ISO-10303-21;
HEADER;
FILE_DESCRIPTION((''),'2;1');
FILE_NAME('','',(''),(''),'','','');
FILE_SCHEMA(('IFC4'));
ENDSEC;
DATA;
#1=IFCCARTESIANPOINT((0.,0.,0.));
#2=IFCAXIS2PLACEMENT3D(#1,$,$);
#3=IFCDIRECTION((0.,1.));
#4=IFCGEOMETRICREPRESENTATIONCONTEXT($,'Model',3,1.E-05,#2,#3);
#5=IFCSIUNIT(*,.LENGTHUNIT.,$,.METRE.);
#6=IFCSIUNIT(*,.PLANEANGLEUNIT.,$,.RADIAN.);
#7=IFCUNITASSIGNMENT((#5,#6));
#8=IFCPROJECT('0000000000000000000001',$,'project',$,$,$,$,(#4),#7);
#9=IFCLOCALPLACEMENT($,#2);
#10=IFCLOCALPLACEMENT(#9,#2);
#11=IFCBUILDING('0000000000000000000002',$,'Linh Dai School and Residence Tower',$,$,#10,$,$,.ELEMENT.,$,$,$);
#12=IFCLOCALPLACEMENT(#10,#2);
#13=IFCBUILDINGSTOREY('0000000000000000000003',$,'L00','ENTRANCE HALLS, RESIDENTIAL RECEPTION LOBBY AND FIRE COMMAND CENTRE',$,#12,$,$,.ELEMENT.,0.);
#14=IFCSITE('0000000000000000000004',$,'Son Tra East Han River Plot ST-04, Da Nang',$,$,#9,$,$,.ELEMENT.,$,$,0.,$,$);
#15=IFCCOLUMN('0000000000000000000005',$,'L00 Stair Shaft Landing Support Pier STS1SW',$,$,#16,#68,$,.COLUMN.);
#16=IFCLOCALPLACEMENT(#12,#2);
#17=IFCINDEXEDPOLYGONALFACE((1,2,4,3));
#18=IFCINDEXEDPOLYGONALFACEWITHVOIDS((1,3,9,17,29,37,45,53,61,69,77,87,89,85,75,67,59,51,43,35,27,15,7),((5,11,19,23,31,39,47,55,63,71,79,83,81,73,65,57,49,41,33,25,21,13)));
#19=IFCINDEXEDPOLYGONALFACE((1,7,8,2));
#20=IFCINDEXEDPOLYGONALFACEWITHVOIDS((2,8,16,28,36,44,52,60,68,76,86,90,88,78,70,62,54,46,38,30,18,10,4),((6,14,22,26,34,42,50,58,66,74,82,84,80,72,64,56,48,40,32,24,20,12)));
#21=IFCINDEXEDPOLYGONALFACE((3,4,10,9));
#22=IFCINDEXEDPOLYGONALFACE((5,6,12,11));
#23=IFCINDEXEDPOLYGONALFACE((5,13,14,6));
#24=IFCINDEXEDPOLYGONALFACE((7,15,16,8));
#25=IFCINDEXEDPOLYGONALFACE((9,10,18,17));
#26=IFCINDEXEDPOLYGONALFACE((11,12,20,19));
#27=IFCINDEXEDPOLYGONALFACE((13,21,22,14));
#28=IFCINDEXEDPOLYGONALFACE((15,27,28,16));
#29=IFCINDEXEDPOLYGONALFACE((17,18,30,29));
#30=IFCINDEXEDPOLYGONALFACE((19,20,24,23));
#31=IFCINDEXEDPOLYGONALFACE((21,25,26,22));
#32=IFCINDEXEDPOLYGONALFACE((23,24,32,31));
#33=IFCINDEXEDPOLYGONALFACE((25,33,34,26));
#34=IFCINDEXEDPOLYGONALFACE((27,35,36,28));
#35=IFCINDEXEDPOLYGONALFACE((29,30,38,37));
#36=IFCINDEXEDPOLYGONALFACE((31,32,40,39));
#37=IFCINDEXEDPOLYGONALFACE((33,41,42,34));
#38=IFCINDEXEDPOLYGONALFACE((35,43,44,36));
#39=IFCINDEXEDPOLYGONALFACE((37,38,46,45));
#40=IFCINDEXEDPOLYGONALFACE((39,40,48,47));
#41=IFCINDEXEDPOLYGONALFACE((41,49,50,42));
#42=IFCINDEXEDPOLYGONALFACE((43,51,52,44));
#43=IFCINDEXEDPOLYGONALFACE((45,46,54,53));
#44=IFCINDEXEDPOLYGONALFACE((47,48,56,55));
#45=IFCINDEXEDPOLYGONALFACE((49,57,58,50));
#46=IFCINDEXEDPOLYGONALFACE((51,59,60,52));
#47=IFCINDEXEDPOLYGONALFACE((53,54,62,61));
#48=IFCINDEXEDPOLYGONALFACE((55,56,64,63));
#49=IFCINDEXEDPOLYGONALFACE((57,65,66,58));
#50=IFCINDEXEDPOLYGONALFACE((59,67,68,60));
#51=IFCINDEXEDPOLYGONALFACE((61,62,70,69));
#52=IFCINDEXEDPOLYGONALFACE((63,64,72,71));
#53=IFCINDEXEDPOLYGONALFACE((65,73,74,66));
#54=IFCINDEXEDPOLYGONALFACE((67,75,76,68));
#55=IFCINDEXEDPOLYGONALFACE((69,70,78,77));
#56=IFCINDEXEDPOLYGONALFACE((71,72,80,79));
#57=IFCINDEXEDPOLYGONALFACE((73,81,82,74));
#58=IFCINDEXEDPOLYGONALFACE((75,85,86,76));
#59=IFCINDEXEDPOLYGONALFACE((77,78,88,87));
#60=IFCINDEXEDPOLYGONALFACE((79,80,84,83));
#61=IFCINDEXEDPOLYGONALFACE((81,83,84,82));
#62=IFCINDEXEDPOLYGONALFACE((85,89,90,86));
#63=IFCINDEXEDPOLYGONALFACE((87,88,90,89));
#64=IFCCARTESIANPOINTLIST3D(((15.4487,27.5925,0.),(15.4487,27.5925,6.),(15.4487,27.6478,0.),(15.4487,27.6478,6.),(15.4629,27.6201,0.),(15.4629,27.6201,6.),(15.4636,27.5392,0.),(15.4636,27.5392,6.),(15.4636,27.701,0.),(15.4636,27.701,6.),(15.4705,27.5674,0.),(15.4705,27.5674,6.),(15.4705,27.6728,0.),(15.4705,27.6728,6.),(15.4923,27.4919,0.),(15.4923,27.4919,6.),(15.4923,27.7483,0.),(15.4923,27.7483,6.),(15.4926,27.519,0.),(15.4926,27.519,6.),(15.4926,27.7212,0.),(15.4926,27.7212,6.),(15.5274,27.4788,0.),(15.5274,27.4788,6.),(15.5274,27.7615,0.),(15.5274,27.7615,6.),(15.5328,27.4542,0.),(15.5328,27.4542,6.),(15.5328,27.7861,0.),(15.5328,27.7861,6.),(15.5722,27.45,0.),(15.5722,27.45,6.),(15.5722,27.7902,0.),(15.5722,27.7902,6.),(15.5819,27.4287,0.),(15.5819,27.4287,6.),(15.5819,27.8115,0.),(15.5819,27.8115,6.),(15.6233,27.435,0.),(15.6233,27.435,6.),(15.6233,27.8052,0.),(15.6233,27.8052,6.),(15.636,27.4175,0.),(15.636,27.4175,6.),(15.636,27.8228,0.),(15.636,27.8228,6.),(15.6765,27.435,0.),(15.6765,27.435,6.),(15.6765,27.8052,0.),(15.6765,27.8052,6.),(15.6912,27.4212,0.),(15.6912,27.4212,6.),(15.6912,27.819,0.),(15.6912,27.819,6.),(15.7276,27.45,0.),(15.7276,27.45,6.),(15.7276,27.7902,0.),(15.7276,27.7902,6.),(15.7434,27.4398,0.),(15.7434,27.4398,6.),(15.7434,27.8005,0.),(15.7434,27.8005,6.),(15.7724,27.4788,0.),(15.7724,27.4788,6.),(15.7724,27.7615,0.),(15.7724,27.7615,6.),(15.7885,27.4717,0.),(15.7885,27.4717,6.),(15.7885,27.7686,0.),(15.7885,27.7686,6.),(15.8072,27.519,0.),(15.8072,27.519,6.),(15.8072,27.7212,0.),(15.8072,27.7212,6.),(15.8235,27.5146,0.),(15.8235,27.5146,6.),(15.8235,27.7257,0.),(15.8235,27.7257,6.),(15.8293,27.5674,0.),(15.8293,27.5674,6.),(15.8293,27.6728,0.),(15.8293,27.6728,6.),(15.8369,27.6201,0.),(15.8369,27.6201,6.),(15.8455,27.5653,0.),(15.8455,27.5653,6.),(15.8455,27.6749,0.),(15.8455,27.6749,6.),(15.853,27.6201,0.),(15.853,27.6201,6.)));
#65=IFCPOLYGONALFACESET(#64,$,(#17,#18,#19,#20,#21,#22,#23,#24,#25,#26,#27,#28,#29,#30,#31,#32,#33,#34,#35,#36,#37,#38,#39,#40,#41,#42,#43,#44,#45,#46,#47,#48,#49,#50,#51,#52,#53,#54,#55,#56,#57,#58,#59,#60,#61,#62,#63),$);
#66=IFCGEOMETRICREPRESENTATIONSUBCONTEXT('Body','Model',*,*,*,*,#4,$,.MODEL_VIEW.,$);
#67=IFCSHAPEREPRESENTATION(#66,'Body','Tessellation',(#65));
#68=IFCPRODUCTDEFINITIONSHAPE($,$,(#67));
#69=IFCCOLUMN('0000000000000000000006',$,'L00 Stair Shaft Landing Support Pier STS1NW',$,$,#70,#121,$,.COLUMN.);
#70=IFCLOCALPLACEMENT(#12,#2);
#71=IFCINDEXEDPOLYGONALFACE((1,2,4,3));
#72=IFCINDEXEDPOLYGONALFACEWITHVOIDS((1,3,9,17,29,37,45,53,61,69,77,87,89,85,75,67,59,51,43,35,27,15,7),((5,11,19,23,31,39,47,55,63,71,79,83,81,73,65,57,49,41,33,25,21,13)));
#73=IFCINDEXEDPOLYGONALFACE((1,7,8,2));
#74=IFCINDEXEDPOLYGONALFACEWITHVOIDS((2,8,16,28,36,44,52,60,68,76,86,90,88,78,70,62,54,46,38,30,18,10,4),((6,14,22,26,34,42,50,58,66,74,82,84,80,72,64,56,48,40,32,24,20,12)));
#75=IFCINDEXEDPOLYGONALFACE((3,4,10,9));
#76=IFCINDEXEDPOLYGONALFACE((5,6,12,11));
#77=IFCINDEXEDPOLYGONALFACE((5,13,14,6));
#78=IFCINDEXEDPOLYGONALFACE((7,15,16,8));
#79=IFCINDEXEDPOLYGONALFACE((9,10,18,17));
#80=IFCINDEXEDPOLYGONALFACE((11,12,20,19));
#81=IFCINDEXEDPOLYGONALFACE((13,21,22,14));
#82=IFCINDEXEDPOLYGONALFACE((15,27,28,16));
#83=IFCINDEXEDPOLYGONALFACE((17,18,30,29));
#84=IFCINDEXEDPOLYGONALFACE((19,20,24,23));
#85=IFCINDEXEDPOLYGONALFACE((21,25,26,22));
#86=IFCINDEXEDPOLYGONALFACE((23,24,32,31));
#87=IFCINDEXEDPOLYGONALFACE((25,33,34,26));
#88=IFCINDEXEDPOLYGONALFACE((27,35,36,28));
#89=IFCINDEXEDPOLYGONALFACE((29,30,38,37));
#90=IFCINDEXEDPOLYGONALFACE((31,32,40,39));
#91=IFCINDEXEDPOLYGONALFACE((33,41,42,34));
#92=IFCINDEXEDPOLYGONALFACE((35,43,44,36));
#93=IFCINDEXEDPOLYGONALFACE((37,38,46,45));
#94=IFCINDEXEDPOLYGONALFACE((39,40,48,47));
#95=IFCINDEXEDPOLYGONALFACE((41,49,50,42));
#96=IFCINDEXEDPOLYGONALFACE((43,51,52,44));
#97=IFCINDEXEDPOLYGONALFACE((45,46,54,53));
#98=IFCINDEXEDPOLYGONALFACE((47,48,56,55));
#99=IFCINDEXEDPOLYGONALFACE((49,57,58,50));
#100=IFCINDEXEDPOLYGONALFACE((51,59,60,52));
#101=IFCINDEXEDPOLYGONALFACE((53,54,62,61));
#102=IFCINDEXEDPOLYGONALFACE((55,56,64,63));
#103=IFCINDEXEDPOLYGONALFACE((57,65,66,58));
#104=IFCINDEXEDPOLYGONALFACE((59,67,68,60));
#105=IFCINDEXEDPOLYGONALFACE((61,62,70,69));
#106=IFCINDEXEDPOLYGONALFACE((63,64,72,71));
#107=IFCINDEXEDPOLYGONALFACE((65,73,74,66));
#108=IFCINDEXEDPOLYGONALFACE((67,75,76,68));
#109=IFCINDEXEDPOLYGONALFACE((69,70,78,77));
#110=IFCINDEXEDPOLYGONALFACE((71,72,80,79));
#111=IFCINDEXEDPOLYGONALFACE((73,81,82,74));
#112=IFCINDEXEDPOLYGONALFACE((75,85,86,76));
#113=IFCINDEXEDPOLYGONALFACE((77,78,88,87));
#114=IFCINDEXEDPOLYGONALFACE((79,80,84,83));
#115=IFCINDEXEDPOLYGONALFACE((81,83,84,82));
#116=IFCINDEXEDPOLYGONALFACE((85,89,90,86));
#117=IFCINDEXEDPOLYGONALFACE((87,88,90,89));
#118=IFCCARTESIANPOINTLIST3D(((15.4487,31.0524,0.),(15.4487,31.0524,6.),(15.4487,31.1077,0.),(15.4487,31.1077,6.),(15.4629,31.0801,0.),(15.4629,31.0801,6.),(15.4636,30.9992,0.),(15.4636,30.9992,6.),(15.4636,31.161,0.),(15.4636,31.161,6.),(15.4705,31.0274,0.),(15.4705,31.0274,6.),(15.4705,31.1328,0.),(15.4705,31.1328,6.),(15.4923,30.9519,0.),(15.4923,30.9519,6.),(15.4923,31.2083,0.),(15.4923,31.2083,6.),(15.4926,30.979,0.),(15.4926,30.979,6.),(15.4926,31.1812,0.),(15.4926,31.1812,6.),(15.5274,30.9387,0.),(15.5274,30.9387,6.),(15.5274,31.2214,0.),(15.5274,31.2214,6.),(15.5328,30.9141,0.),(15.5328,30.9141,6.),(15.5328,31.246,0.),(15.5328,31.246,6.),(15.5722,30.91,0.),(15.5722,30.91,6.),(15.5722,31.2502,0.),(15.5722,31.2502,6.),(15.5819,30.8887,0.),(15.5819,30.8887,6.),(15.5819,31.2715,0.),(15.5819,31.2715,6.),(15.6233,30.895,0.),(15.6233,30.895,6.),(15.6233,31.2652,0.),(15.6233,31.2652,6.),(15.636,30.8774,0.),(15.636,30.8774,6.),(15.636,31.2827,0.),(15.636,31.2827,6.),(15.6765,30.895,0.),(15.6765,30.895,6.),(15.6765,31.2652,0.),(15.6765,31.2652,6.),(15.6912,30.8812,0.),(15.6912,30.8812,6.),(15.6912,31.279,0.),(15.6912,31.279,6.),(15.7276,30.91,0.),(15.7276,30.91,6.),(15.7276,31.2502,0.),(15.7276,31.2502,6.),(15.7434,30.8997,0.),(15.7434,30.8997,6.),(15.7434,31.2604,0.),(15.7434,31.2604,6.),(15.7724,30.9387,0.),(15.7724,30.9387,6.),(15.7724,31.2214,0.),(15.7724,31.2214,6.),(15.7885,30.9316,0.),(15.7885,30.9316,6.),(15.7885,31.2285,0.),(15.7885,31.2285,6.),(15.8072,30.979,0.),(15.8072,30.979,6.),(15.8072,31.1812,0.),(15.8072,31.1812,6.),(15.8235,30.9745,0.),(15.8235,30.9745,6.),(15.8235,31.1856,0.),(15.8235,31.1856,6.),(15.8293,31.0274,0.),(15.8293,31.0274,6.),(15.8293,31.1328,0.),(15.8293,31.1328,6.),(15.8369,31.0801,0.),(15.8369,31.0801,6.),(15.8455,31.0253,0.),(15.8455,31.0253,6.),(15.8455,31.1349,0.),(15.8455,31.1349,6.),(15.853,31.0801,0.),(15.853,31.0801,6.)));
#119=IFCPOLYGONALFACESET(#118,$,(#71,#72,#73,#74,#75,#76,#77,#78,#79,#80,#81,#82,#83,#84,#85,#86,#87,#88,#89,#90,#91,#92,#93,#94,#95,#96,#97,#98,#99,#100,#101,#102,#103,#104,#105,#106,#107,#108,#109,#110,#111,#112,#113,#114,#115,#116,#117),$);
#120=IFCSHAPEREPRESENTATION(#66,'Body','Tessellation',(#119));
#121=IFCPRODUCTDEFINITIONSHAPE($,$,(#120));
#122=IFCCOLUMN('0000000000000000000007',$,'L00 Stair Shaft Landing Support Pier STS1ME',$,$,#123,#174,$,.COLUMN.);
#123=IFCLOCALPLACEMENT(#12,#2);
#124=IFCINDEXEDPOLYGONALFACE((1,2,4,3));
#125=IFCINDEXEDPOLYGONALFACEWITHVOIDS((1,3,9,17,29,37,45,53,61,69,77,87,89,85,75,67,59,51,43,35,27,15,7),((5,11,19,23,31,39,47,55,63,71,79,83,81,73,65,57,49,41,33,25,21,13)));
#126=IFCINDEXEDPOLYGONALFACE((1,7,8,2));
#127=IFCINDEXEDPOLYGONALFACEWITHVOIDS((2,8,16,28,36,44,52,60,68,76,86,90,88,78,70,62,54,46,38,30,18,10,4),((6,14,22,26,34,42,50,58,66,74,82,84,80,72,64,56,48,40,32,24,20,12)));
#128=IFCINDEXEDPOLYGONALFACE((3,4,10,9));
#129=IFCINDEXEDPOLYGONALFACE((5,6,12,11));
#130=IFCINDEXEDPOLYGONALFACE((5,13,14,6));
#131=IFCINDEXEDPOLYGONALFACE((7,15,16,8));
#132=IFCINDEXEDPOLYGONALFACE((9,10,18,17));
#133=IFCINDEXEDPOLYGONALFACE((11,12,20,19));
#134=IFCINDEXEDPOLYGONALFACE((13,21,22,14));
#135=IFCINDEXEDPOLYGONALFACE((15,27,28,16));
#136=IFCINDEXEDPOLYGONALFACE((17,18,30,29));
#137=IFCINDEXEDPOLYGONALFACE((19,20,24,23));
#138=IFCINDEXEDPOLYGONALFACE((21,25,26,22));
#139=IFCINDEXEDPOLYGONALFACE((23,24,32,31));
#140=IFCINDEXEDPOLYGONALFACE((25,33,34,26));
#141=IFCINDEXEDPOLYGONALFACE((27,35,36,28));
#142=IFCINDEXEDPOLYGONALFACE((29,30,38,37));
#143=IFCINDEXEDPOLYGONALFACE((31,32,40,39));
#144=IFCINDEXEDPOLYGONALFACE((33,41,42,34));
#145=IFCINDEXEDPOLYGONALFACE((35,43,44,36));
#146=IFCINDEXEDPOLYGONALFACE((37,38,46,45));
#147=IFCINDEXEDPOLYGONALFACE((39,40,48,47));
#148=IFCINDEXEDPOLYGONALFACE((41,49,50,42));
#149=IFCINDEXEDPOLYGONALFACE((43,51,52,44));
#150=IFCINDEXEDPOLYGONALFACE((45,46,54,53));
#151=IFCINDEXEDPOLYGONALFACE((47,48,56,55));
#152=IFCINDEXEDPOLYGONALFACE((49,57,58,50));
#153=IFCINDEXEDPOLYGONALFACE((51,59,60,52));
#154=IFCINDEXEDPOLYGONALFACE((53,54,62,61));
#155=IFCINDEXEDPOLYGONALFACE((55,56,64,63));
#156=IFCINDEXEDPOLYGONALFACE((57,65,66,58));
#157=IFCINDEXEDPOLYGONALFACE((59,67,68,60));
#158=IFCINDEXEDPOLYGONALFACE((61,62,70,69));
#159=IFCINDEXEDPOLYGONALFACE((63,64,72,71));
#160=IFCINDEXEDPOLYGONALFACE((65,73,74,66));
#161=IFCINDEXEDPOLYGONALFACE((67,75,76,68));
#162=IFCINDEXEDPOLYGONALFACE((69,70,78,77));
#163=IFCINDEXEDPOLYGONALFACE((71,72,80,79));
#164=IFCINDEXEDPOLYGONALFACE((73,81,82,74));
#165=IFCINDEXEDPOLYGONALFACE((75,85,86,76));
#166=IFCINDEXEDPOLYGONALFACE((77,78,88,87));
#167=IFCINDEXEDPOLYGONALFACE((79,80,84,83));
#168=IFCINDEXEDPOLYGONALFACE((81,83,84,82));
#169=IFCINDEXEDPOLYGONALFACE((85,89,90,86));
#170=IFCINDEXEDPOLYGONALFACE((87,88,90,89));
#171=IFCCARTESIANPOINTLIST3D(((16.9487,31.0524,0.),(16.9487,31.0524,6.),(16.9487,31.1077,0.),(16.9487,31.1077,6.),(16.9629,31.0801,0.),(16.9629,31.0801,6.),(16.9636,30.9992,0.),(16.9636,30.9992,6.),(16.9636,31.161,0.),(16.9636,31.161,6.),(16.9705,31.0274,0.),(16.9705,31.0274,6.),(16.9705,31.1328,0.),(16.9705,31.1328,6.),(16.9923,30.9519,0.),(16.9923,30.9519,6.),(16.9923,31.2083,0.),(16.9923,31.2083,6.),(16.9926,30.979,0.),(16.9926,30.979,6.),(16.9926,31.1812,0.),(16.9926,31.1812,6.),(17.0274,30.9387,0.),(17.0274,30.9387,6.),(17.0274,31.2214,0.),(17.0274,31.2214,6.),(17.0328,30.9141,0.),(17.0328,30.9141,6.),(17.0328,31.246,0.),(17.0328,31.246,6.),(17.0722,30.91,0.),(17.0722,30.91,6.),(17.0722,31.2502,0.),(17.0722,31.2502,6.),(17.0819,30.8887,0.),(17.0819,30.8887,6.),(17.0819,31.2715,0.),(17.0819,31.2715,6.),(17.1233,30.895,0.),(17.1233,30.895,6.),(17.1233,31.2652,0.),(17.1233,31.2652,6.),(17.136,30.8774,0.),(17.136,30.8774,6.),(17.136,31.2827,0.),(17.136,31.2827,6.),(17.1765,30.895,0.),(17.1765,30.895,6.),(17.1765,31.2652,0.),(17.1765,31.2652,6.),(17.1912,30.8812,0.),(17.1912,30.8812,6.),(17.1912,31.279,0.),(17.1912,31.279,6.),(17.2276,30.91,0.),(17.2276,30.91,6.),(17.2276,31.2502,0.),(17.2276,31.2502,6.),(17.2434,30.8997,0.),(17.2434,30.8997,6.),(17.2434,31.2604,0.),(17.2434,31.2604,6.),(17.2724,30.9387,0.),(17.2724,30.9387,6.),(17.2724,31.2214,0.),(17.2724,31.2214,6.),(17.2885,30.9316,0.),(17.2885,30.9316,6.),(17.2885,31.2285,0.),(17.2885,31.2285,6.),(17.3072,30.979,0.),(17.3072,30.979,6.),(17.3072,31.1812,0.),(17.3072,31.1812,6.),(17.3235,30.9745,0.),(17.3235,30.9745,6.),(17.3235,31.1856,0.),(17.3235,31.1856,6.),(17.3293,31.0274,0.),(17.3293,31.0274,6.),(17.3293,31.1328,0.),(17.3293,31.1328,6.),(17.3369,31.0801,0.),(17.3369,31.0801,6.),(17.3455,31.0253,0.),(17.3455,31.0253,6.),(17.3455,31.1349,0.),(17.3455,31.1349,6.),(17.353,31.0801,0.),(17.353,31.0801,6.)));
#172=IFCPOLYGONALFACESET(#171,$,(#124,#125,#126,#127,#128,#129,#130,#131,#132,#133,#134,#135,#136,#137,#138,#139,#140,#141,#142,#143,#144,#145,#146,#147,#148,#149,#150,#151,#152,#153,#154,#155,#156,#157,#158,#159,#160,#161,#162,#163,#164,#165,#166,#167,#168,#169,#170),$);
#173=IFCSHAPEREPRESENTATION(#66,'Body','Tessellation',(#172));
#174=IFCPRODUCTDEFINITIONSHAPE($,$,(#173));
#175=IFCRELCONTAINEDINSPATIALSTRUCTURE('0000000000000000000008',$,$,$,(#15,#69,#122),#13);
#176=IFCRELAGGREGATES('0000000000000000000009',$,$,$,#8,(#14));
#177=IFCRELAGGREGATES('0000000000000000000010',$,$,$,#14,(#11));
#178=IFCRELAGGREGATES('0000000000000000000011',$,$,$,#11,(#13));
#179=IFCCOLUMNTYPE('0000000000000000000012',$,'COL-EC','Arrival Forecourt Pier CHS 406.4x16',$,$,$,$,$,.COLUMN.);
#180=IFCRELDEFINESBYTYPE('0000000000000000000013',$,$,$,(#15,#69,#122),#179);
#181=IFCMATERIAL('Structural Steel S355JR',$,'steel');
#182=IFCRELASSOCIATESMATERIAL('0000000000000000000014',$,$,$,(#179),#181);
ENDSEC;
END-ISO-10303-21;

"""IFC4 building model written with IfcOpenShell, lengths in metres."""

from ifc_helpers import new_model, si_unit, direction, frame, origin, origin_2d, place, context, subcontext, project, spatial, hollow_circle, extrude, material, material_profile, profile_set, type_object, element, save


model = new_model("IFC4")

# Units and contexts
model_context = context("Model", 3, precision=1e-05, world=origin(), true_north=direction((0.0, 1.0)))
body_context = subcontext(model_context, "Body", "Model", "MODEL_VIEW")
ifc_project = project(units=[si_unit("LENGTHUNIT", "METRE"), si_unit("PLANEANGLEUNIT", "RADIAN")], contexts=[model_context])

# Site, building, storey
site_placement = place(None, origin())
site = spatial("IfcSite", under=ifc_project, at=site_placement, Name="Son Tra East Han River Plot ST-04, Da Nang", CompositionType="ELEMENT", RefElevation=0.0)
building_placement = place(site_placement, origin())
building = spatial("IfcBuilding", under=site, at=building_placement, Name="Linh Dai School and Residence Tower", CompositionType="ELEMENT")
storey_placement = place(building_placement, origin())
storey = spatial("IfcBuildingStorey", under=building, at=storey_placement, Name="L00", Description="ENTRANCE HALLS, RESIDENTIAL RECEPTION LOBBY AND FIRE COMMAND CENTRE", CompositionType="ELEMENT", Elevation=0.0)

# Columns
ifc_material_1 = material(Name="Structural Steel S355JR", Category="steel")
ifc_material_profile_1 = material_profile(ifc_material_1, hollow_circle(Radius=0.2031, WallThickness=0.0161, at=origin_2d()), Name="CHS 406.4x16")
ifc_profile_set_1 = profile_set([ifc_material_profile_1], Name="Structural Steel S355JR")
column_type = type_object("IfcColumnType", Name="COL-EC", Description="Arrival Forecourt Pier CHS 406.4x16", PredefinedType="COLUMN", material=ifc_profile_set_1)
for number, where, z_axis, x_axis, name in (
    (1, (15.6499, 27.6201, 0.0), (0.0, 0.0, 1.0), (1.0, 0.0, 0.0), "L00 Stair Shaft Landing Support Pier STS1SW"),
    (2, (15.6499, 31.0801, 0.0), (0.0, 0.0, 1.0), (1.0, 0.0, 0.0), "L00 Stair Shaft Landing Support Pier STS1NW"),
    (3, (17.1499, 31.0801, 0.0), (0.0, 0.0, 1.0), (1.0, 0.0, 0.0), "L00 Stair Shaft Landing Support Pier STS1ME"),
):
    element("IfcColumn", number, at=place(storey_placement, frame(where, z_axis=z_axis, x_axis=x_axis)), inside=storey, type_object=column_type, Name=name, PredefinedType="COLUMN", context=body_context, shape_type="SweptSolid", body=[
        extrude(hollow_circle(Radius=0.2031, WallThickness=0.0161, at=origin_2d()), origin(), (0.0, 0.0, 1.0), 6.0),
    ])

save(model, "model.ifc")
